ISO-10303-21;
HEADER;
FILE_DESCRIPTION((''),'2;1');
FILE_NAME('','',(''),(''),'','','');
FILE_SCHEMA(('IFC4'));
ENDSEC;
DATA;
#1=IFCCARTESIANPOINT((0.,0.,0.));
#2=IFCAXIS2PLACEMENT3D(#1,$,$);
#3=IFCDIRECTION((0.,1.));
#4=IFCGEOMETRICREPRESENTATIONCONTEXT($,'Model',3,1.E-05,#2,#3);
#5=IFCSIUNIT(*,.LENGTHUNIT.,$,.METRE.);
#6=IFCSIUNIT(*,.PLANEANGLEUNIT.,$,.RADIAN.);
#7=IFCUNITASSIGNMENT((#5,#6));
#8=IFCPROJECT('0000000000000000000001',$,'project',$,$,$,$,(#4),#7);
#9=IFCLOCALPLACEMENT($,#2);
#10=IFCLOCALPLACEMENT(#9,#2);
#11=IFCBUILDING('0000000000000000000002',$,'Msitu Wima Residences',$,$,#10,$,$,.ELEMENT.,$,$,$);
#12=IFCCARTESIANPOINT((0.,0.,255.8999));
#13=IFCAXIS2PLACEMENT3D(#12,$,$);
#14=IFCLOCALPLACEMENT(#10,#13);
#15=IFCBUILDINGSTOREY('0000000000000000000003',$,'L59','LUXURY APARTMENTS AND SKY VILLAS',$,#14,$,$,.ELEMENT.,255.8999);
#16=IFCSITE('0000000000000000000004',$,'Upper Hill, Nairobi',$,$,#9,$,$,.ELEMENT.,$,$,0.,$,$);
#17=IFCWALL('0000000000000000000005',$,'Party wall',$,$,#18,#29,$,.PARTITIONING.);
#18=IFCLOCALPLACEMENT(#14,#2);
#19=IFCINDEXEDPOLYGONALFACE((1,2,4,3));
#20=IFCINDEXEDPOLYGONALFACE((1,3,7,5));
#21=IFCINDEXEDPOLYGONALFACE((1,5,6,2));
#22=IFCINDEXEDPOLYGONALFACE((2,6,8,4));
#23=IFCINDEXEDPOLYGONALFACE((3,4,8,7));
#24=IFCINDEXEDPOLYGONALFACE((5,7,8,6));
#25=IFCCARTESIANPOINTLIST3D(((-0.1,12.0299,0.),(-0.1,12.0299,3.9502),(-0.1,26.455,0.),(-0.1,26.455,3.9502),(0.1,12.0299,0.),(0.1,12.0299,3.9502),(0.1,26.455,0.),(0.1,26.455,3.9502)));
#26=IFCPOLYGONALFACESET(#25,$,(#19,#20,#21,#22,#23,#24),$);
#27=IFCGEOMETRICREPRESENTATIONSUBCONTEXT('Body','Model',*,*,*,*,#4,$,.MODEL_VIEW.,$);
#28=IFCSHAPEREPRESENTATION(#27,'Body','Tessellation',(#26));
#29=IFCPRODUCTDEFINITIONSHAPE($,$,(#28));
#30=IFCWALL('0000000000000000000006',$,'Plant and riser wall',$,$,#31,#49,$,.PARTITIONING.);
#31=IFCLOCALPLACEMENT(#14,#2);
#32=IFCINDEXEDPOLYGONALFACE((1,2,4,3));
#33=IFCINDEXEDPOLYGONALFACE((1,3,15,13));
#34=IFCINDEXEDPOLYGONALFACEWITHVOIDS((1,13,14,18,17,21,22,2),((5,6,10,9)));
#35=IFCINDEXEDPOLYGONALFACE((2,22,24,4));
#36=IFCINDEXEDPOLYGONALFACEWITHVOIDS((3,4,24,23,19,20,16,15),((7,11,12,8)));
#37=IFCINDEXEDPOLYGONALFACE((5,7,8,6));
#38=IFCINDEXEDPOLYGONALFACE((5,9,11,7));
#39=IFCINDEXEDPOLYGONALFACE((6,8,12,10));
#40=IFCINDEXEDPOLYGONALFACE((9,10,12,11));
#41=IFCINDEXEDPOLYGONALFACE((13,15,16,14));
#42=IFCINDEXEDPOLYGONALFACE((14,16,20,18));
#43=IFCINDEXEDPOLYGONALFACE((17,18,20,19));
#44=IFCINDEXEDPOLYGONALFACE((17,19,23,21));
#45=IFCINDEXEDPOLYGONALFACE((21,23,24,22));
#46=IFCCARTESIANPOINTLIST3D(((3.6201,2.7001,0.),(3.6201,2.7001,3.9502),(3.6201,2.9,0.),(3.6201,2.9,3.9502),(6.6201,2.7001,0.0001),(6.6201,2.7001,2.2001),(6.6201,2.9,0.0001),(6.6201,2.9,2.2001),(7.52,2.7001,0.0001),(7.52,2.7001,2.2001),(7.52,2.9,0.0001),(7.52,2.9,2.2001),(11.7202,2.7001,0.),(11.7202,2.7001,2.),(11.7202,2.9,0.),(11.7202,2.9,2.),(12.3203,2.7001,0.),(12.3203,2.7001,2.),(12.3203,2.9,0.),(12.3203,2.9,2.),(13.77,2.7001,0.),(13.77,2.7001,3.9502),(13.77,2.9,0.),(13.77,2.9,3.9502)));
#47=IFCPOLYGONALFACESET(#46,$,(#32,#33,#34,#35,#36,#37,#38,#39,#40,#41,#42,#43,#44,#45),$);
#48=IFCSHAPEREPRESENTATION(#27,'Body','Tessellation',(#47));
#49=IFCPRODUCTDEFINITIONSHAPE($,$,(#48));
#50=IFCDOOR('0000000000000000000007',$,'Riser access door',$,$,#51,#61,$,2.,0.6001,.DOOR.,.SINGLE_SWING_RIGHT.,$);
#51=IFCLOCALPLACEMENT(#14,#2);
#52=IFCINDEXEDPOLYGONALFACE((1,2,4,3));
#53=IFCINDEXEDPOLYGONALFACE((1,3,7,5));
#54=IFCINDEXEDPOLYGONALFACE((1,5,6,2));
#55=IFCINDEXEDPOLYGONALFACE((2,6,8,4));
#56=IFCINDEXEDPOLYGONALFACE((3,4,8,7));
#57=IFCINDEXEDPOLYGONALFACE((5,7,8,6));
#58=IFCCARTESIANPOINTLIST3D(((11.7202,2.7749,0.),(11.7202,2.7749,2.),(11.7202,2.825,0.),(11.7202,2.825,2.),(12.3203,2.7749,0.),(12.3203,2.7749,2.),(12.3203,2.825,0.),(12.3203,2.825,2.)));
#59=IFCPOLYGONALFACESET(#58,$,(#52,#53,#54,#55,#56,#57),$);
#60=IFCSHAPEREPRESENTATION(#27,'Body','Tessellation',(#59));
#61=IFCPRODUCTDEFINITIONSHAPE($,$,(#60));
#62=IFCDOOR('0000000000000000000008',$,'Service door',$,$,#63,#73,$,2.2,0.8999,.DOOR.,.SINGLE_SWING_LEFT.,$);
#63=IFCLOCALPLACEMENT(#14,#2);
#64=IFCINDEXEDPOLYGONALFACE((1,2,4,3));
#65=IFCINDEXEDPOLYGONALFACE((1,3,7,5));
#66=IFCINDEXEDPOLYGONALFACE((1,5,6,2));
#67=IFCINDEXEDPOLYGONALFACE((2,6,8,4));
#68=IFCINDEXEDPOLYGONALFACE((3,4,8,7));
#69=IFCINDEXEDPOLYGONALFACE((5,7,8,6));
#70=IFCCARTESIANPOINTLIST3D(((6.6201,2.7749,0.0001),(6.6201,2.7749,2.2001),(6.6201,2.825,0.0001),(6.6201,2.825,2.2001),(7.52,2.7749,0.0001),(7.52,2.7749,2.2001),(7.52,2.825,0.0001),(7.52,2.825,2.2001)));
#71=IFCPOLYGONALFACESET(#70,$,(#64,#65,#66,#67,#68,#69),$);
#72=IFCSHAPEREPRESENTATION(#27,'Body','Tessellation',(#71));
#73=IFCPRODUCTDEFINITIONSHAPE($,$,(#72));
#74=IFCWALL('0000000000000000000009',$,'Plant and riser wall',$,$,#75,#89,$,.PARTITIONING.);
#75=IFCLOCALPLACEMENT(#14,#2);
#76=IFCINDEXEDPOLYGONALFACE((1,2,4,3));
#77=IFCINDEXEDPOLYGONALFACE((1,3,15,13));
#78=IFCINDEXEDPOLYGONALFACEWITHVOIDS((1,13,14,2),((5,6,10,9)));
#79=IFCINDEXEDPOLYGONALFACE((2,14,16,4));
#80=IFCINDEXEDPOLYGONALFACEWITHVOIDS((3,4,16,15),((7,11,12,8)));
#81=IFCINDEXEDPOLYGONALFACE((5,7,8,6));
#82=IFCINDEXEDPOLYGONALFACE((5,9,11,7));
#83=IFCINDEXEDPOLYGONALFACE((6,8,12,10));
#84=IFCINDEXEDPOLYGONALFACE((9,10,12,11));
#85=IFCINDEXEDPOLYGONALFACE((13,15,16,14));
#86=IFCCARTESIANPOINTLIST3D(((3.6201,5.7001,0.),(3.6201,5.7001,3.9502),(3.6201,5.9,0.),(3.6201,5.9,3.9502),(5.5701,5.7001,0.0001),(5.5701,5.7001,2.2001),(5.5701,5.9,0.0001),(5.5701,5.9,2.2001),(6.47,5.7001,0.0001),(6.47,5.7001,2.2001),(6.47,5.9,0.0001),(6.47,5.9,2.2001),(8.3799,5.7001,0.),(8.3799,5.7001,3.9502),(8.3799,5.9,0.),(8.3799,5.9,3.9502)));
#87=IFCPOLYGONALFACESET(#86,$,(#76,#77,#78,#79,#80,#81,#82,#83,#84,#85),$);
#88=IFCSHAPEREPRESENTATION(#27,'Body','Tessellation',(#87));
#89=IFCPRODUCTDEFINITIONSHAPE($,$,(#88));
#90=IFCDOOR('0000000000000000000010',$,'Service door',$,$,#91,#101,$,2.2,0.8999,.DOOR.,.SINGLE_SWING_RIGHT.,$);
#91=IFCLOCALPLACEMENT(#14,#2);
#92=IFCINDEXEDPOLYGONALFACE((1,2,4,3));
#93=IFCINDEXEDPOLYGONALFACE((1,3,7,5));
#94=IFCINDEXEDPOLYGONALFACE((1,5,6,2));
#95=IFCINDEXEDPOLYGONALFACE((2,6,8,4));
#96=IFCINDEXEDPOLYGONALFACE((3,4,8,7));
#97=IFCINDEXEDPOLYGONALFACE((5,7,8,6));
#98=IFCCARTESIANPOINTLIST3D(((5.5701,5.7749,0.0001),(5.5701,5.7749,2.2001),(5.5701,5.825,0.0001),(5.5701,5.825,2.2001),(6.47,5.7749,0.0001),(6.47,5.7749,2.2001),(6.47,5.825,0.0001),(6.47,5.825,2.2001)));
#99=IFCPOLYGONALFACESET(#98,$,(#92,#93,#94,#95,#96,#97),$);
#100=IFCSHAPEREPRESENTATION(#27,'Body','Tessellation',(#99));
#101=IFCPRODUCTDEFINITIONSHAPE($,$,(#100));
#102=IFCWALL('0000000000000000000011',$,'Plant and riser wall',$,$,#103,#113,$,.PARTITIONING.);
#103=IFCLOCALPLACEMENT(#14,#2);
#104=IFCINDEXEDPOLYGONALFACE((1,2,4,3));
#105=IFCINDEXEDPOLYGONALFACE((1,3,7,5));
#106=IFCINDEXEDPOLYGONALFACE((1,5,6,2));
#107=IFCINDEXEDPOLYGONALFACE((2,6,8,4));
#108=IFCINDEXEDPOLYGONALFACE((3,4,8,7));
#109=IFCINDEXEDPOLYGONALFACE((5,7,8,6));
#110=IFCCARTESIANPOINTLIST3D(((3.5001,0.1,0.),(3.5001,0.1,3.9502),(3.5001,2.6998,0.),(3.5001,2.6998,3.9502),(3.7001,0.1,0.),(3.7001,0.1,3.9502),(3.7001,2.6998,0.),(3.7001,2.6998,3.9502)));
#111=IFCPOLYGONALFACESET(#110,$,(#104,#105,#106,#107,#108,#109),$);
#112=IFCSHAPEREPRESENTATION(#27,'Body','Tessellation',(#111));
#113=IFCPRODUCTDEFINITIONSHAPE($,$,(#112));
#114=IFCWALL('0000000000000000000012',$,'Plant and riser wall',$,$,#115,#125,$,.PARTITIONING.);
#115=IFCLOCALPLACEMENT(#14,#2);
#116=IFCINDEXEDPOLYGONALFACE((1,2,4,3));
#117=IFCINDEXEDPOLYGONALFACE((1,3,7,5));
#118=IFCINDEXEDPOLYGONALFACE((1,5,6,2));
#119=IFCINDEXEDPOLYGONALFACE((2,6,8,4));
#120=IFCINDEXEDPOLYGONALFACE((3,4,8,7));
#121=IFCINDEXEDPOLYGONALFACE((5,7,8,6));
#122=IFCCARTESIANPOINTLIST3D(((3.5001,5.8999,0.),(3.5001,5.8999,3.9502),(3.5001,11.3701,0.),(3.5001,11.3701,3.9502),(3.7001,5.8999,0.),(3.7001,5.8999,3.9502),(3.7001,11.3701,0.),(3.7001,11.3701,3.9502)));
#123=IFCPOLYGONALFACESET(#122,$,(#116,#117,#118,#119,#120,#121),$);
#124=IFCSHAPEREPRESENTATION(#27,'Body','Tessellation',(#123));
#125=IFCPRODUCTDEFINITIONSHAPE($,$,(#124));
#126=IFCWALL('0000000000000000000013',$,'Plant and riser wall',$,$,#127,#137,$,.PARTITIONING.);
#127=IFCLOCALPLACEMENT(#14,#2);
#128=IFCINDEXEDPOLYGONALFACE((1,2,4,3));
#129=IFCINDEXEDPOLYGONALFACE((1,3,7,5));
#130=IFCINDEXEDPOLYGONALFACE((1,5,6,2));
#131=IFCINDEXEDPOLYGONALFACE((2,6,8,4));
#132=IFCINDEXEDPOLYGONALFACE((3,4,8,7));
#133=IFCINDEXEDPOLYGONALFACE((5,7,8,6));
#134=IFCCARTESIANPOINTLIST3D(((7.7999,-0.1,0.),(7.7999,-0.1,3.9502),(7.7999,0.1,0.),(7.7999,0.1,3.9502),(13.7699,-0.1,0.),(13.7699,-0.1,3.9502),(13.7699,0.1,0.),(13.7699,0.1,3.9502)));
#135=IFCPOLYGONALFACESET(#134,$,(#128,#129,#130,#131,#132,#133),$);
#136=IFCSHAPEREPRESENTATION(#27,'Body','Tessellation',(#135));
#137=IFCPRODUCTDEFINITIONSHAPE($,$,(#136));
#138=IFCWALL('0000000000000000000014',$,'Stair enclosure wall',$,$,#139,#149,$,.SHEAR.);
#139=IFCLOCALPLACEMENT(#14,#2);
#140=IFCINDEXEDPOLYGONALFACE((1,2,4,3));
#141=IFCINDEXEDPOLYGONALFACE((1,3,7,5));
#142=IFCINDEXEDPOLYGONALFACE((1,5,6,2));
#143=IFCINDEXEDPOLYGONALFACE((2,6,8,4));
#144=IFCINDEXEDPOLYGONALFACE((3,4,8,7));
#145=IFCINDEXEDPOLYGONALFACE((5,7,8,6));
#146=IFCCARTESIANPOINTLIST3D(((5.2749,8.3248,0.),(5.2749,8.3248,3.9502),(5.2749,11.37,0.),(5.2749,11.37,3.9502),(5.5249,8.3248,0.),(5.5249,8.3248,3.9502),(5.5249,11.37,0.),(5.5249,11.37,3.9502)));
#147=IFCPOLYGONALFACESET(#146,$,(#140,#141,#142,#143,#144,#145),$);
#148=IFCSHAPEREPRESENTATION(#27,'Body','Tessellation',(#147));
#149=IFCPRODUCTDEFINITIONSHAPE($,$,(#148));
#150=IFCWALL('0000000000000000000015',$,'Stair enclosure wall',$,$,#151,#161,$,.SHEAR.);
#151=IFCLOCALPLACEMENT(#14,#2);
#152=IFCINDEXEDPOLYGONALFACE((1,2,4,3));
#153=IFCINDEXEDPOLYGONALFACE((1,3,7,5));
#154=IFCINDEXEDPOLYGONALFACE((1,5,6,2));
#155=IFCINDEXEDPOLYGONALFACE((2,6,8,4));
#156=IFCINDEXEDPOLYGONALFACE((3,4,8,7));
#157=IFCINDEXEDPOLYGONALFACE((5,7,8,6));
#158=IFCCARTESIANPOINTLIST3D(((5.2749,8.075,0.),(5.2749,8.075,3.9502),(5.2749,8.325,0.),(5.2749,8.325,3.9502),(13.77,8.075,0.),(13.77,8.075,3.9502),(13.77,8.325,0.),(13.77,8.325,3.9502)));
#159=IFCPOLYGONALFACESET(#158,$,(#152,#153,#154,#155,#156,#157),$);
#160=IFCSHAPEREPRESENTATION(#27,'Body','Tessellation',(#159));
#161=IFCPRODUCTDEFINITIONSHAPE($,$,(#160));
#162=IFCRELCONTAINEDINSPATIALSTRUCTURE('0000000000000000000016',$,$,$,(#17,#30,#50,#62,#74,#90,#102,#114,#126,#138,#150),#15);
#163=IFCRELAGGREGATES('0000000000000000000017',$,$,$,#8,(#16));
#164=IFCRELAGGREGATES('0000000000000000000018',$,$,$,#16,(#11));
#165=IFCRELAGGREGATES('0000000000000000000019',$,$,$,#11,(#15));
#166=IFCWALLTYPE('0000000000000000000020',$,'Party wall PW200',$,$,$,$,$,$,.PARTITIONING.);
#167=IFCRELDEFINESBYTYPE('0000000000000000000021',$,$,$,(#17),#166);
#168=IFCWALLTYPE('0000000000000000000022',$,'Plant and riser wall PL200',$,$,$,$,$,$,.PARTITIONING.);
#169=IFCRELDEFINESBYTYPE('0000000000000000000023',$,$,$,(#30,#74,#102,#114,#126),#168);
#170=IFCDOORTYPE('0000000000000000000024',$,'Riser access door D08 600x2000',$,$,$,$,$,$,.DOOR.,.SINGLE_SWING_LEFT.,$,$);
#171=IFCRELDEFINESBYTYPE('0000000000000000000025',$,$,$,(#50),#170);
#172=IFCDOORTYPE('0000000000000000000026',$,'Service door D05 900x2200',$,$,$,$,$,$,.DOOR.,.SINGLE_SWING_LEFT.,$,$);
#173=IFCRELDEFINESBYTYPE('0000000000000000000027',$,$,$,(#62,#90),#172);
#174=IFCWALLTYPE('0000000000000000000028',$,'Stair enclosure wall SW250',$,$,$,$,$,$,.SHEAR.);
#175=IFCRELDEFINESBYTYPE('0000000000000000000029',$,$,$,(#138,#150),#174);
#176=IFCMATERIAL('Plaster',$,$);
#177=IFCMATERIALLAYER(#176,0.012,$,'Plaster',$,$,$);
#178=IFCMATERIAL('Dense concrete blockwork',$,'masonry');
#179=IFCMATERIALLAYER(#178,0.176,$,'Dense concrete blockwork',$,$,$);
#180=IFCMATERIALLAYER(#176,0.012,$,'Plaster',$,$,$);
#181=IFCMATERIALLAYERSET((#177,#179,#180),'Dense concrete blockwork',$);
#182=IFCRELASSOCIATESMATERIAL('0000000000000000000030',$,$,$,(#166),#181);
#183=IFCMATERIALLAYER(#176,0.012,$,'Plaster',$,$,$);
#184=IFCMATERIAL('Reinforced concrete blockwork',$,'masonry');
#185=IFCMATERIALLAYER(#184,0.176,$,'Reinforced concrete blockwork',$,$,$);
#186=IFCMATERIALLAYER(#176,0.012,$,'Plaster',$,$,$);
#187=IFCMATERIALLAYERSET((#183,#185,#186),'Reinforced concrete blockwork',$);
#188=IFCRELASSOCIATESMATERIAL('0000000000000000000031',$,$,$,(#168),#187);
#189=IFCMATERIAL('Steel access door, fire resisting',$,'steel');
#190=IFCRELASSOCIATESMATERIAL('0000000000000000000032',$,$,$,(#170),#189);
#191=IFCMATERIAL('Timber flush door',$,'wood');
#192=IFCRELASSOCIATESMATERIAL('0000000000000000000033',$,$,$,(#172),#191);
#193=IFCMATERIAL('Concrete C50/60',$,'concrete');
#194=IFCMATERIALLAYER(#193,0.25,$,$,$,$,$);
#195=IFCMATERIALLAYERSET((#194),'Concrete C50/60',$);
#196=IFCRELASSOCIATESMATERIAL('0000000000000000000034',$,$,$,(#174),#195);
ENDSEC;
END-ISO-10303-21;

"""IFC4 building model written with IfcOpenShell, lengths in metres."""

from ifc_helpers import new_model, si_unit, direction, frame, frame_2d, origin, place, context, subcontext, project, spatial, rectangle, extrude, material, layer, layer_set, type_object, element, fill, save


model = new_model("IFC4")

# Units and contexts
model_context = context("Model", 3, precision=1e-05, world=origin(), true_north=direction((0.0, 1.0)))
body_context = subcontext(model_context, "Body", "Model", "MODEL_VIEW")
ifc_project = project(units=[si_unit("LENGTHUNIT", "METRE"), si_unit("PLANEANGLEUNIT", "RADIAN")], contexts=[model_context])

# Site, building, storey
site_placement = place(None, origin())
site = spatial("IfcSite", under=ifc_project, at=site_placement, Name="Upper Hill, Nairobi", CompositionType="ELEMENT", RefElevation=0.0)
building_placement = place(site_placement, origin())
building = spatial("IfcBuilding", under=site, at=building_placement, Name="Msitu Wima Residences", CompositionType="ELEMENT")
storey_placement = place(building_placement, frame((0.0, 0.0, 255.8999)))
storey = spatial("IfcBuildingStorey", under=building, at=storey_placement, Name="L59", Description="LUXURY APARTMENTS AND SKY VILLAS", CompositionType="ELEMENT", Elevation=255.8999)

# Shared definitions
ifc_material_1 = material(Name="Plaster")
ifc_material_2 = material(Name="Timber flush door", Category="wood")

# Wall
ifc_layer_1 = layer(ifc_material_1, 0.012, Name="Plaster")
ifc_material_3 = material(Name="Dense concrete blockwork", Category="masonry")
ifc_layer_2 = layer(ifc_material_3, 0.176, Name="Dense concrete blockwork")
ifc_layer_3 = layer(ifc_material_1, 0.012, Name="Plaster")
ifc_layer_set_1 = layer_set([ifc_layer_1, ifc_layer_2, ifc_layer_3], Name="Dense concrete blockwork")
wall_type_1 = type_object("IfcWallType", Name="Party wall PW200", PredefinedType="PARTITIONING", material=ifc_layer_set_1)
wall_1_placement = place(storey_placement, frame((0.0, 12.03, 0.0), z_axis=(0.0, 0.0, 1.0), x_axis=(0.0, 1.0, 0.0)))
element("IfcWall", 1, at=wall_1_placement, inside=storey, type_object=wall_type_1, Name="Party wall", PredefinedType="PARTITIONING", context=body_context, shape_type="SweptSolid", body=[
    extrude(rectangle(XDim=14.425, YDim=0.2, at=frame_2d((7.2124, 0.0))), origin(), (0.0, 0.0, 1.0), 3.9502),
])

# Wall, openings, doors
ifc_layer_4 = layer(ifc_material_1, 0.012, Name="Plaster")
ifc_material_4 = material(Name="Reinforced concrete blockwork", Category="masonry")
ifc_layer_5 = layer(ifc_material_4, 0.176, Name="Reinforced concrete blockwork")
ifc_layer_6 = layer(ifc_material_1, 0.012, Name="Plaster")
ifc_layer_set_2 = layer_set([ifc_layer_4, ifc_layer_5, ifc_layer_6], Name="Reinforced concrete blockwork")
wall_type_2 = type_object("IfcWallType", Name="Plant and riser wall PL200", PredefinedType="PARTITIONING", material=ifc_layer_set_2)
wall_2_placement = place(storey_placement, frame((3.6201, 2.8, 0.0), z_axis=(0.0, 0.0, 1.0), x_axis=(1.0, 0.0, 0.0)))
wall_2 = element("IfcWall", 2, at=wall_2_placement, inside=storey, type_object=wall_type_2, Name="Plant and riser wall", PredefinedType="PARTITIONING", context=body_context, shape_type="SweptSolid", body=[
    extrude(rectangle(XDim=10.1499, YDim=0.2, at=frame_2d((5.075, 0.0))), origin(), (0.0, 0.0, 1.0), 3.9502),
])
opening_1_placement = place(wall_2_placement, frame((8.1001, 0.0, 0.0)))
opening_1 = element("IfcOpeningElement", 3, at=opening_1_placement, cuts=wall_2, PredefinedType="OPENING", context=body_context, shape_type="SweptSolid", body=[
    extrude(rectangle(XDim=0.6001, YDim=2.0, at=frame_2d((0.3, 1.0))), frame((0.0, 0.1099, 0.0), z_axis=(0.0, -1.0, 0.0), x_axis=(1.0, 0.0, 0.0)), (0.0, 0.0, 1.0), 0.22),
])
opening_2_placement = place(wall_2_placement, frame((3.0, 0.0, 0.0)))
opening_2 = element("IfcOpeningElement", 4, at=opening_2_placement, cuts=wall_2, PredefinedType="OPENING", context=body_context, shape_type="SweptSolid", body=[
    extrude(rectangle(XDim=0.8999, YDim=2.2, at=frame_2d((0.45, 1.1001))), frame((0.0, 0.1099, 0.0), z_axis=(0.0, -1.0, 0.0), x_axis=(1.0, 0.0, 0.0)), (0.0, 0.0, 1.0), 0.22),
])
ifc_material_5 = material(Name="Steel access door, fire resisting", Category="steel")
door_type_1 = type_object("IfcDoorType", Name="Riser access door D08 600x2000", OperationType="SINGLE_SWING_LEFT", PredefinedType="DOOR", material=ifc_material_5)
door_1_placement = place(opening_1_placement, origin())
door_1 = element("IfcDoor", 5, at=door_1_placement, inside=storey, type_object=door_type_1, Name="Riser access door", OperationType="SINGLE_SWING_RIGHT", OverallHeight=2.0, OverallWidth=0.6001, PredefinedType="DOOR", context=body_context, shape_type="SweptSolid", body=[
    extrude(rectangle(XDim=0.6001, YDim=2.0, at=frame_2d((0.3, 1.0))), frame((0.0, 0.0249, 0.0), z_axis=(0.0, -1.0, 0.0), x_axis=(1.0, 0.0, 0.0)), (0.0, 0.0, 1.0), 0.05),
])
fill(opening_1, door_1)
door_type_2 = type_object("IfcDoorType", Name="Service door D05 900x2200", OperationType="SINGLE_SWING_LEFT", PredefinedType="DOOR", material=ifc_material_2)
door_2_placement = place(opening_2_placement, origin())
door_2 = element("IfcDoor", 6, at=door_2_placement, inside=storey, type_object=door_type_2, Name="Service door", OperationType="SINGLE_SWING_LEFT", OverallHeight=2.2, OverallWidth=0.8999, PredefinedType="DOOR", context=body_context, shape_type="SweptSolid", body=[
    extrude(rectangle(XDim=0.8999, YDim=2.2, at=frame_2d((0.45, 1.1001))), frame((0.0, 0.0249, 0.0), z_axis=(0.0, -1.0, 0.0), x_axis=(1.0, 0.0, 0.0)), (0.0, 0.0, 1.0), 0.05),
])
fill(opening_2, door_2)

# Wall, opening, door
wall_3_placement = place(storey_placement, frame((3.6201, 5.8, 0.0), z_axis=(0.0, 0.0, 1.0), x_axis=(1.0, 0.0, 0.0)))
wall_3 = element("IfcWall", 7, at=wall_3_placement, inside=storey, type_object=wall_type_2, Name="Plant and riser wall", PredefinedType="PARTITIONING", context=body_context, shape_type="SweptSolid", body=[
    extrude(rectangle(XDim=4.7598, YDim=0.2, at=frame_2d((2.3799, 0.0))), origin(), (0.0, 0.0, 1.0), 3.9502),
])
opening_3_placement = place(wall_3_placement, frame((1.95, 0.0, 0.0)))
opening_3 = element("IfcOpeningElement", 8, at=opening_3_placement, cuts=wall_3, PredefinedType="OPENING", context=body_context, shape_type="SweptSolid", body=[
    extrude(rectangle(XDim=0.8999, YDim=2.2, at=frame_2d((0.45, 1.1001))), frame((0.0, 0.1099, 0.0), z_axis=(0.0, -1.0, 0.0), x_axis=(1.0, 0.0, 0.0)), (0.0, 0.0, 1.0), 0.22),
])
door_3_placement = place(opening_3_placement, origin())
door_3 = element("IfcDoor", 9, at=door_3_placement, inside=storey, type_object=door_type_2, Name="Service door", OperationType="SINGLE_SWING_RIGHT", OverallHeight=2.2, OverallWidth=0.8999, PredefinedType="DOOR", context=body_context, shape_type="SweptSolid", body=[
    extrude(rectangle(XDim=0.8999, YDim=2.2, at=frame_2d((0.45, 1.1001))), frame((0.0, 0.0249, 0.0), z_axis=(0.0, -1.0, 0.0), x_axis=(1.0, 0.0, 0.0)), (0.0, 0.0, 1.0), 0.05),
])
fill(opening_3, door_3)

# Walls
wall_4_placement = place(storey_placement, frame((3.6001, 0.1001, 0.0), z_axis=(0.0, 0.0, 1.0), x_axis=(0.0, 1.0, 0.0)))
element("IfcWall", 10, at=wall_4_placement, inside=storey, type_object=wall_type_2, Name="Plant and riser wall", PredefinedType="PARTITIONING", context=body_context, shape_type="SweptSolid", body=[
    extrude(rectangle(XDim=2.5999, YDim=0.2, at=frame_2d((1.2998, 0.0))), origin(), (0.0, 0.0, 1.0), 3.9502),
])
wall_5_placement = place(storey_placement, frame((3.6001, 5.8999, 0.0), z_axis=(0.0, 0.0, 1.0), x_axis=(0.0, 1.0, 0.0)))
element("IfcWall", 11, at=wall_5_placement, inside=storey, type_object=wall_type_2, Name="Plant and riser wall", PredefinedType="PARTITIONING", context=body_context, shape_type="SweptSolid", body=[
    extrude(rectangle(XDim=5.4702, YDim=0.2, at=frame_2d((2.7351, 0.0))), origin(), (0.0, 0.0, 1.0), 3.9502),
])
wall_6_placement = place(storey_placement, frame((7.8, 0.0, 0.0), z_axis=(0.0, 0.0, 1.0), x_axis=(1.0, 0.0, 0.0)))
element("IfcWall", 12, at=wall_6_placement, inside=storey, type_object=wall_type_2, Name="Plant and riser wall", PredefinedType="PARTITIONING", context=body_context, shape_type="SweptSolid", body=[
    extrude(rectangle(XDim=5.97, YDim=0.2, at=frame_2d((2.9849, 0.0))), origin(), (0.0, 0.0, 1.0), 3.9502),
])
ifc_material_6 = material(Name="Concrete C50/60", Category="concrete")
ifc_layer_7 = layer(ifc_material_6, 0.25)
ifc_layer_set_3 = layer_set([ifc_layer_7], Name="Concrete C50/60")
wall_type_3 = type_object("IfcWallType", Name="Stair enclosure wall SW250", PredefinedType="SHEAR", material=ifc_layer_set_3)
wall_7_placement = place(storey_placement, frame((5.3999, 8.325, 0.0), z_axis=(0.0, 0.0, 1.0), x_axis=(0.0, 1.0, 0.0)))
element("IfcWall", 13, at=wall_7_placement, inside=storey, type_object=wall_type_3, Name="Stair enclosure wall", PredefinedType="SHEAR", context=body_context, shape_type="SweptSolid", body=[
    extrude(rectangle(XDim=3.0452, YDim=0.25, at=frame_2d((1.5225, 0.0))), origin(), (0.0, 0.0, 1.0), 3.9502),
])
wall_8_placement = place(storey_placement, frame((5.2749, 8.2, 0.0), z_axis=(0.0, 0.0, 1.0), x_axis=(1.0, 0.0, 0.0)))
element("IfcWall", 14, at=wall_8_placement, inside=storey, type_object=wall_type_3, Name="Stair enclosure wall", PredefinedType="SHEAR", context=body_context, shape_type="SweptSolid", body=[
    extrude(rectangle(XDim=8.4951, YDim=0.25, at=frame_2d((4.2476, 0.0))), origin(), (0.0, 0.0, 1.0), 3.9502),
])

save(model, "model.ifc")
